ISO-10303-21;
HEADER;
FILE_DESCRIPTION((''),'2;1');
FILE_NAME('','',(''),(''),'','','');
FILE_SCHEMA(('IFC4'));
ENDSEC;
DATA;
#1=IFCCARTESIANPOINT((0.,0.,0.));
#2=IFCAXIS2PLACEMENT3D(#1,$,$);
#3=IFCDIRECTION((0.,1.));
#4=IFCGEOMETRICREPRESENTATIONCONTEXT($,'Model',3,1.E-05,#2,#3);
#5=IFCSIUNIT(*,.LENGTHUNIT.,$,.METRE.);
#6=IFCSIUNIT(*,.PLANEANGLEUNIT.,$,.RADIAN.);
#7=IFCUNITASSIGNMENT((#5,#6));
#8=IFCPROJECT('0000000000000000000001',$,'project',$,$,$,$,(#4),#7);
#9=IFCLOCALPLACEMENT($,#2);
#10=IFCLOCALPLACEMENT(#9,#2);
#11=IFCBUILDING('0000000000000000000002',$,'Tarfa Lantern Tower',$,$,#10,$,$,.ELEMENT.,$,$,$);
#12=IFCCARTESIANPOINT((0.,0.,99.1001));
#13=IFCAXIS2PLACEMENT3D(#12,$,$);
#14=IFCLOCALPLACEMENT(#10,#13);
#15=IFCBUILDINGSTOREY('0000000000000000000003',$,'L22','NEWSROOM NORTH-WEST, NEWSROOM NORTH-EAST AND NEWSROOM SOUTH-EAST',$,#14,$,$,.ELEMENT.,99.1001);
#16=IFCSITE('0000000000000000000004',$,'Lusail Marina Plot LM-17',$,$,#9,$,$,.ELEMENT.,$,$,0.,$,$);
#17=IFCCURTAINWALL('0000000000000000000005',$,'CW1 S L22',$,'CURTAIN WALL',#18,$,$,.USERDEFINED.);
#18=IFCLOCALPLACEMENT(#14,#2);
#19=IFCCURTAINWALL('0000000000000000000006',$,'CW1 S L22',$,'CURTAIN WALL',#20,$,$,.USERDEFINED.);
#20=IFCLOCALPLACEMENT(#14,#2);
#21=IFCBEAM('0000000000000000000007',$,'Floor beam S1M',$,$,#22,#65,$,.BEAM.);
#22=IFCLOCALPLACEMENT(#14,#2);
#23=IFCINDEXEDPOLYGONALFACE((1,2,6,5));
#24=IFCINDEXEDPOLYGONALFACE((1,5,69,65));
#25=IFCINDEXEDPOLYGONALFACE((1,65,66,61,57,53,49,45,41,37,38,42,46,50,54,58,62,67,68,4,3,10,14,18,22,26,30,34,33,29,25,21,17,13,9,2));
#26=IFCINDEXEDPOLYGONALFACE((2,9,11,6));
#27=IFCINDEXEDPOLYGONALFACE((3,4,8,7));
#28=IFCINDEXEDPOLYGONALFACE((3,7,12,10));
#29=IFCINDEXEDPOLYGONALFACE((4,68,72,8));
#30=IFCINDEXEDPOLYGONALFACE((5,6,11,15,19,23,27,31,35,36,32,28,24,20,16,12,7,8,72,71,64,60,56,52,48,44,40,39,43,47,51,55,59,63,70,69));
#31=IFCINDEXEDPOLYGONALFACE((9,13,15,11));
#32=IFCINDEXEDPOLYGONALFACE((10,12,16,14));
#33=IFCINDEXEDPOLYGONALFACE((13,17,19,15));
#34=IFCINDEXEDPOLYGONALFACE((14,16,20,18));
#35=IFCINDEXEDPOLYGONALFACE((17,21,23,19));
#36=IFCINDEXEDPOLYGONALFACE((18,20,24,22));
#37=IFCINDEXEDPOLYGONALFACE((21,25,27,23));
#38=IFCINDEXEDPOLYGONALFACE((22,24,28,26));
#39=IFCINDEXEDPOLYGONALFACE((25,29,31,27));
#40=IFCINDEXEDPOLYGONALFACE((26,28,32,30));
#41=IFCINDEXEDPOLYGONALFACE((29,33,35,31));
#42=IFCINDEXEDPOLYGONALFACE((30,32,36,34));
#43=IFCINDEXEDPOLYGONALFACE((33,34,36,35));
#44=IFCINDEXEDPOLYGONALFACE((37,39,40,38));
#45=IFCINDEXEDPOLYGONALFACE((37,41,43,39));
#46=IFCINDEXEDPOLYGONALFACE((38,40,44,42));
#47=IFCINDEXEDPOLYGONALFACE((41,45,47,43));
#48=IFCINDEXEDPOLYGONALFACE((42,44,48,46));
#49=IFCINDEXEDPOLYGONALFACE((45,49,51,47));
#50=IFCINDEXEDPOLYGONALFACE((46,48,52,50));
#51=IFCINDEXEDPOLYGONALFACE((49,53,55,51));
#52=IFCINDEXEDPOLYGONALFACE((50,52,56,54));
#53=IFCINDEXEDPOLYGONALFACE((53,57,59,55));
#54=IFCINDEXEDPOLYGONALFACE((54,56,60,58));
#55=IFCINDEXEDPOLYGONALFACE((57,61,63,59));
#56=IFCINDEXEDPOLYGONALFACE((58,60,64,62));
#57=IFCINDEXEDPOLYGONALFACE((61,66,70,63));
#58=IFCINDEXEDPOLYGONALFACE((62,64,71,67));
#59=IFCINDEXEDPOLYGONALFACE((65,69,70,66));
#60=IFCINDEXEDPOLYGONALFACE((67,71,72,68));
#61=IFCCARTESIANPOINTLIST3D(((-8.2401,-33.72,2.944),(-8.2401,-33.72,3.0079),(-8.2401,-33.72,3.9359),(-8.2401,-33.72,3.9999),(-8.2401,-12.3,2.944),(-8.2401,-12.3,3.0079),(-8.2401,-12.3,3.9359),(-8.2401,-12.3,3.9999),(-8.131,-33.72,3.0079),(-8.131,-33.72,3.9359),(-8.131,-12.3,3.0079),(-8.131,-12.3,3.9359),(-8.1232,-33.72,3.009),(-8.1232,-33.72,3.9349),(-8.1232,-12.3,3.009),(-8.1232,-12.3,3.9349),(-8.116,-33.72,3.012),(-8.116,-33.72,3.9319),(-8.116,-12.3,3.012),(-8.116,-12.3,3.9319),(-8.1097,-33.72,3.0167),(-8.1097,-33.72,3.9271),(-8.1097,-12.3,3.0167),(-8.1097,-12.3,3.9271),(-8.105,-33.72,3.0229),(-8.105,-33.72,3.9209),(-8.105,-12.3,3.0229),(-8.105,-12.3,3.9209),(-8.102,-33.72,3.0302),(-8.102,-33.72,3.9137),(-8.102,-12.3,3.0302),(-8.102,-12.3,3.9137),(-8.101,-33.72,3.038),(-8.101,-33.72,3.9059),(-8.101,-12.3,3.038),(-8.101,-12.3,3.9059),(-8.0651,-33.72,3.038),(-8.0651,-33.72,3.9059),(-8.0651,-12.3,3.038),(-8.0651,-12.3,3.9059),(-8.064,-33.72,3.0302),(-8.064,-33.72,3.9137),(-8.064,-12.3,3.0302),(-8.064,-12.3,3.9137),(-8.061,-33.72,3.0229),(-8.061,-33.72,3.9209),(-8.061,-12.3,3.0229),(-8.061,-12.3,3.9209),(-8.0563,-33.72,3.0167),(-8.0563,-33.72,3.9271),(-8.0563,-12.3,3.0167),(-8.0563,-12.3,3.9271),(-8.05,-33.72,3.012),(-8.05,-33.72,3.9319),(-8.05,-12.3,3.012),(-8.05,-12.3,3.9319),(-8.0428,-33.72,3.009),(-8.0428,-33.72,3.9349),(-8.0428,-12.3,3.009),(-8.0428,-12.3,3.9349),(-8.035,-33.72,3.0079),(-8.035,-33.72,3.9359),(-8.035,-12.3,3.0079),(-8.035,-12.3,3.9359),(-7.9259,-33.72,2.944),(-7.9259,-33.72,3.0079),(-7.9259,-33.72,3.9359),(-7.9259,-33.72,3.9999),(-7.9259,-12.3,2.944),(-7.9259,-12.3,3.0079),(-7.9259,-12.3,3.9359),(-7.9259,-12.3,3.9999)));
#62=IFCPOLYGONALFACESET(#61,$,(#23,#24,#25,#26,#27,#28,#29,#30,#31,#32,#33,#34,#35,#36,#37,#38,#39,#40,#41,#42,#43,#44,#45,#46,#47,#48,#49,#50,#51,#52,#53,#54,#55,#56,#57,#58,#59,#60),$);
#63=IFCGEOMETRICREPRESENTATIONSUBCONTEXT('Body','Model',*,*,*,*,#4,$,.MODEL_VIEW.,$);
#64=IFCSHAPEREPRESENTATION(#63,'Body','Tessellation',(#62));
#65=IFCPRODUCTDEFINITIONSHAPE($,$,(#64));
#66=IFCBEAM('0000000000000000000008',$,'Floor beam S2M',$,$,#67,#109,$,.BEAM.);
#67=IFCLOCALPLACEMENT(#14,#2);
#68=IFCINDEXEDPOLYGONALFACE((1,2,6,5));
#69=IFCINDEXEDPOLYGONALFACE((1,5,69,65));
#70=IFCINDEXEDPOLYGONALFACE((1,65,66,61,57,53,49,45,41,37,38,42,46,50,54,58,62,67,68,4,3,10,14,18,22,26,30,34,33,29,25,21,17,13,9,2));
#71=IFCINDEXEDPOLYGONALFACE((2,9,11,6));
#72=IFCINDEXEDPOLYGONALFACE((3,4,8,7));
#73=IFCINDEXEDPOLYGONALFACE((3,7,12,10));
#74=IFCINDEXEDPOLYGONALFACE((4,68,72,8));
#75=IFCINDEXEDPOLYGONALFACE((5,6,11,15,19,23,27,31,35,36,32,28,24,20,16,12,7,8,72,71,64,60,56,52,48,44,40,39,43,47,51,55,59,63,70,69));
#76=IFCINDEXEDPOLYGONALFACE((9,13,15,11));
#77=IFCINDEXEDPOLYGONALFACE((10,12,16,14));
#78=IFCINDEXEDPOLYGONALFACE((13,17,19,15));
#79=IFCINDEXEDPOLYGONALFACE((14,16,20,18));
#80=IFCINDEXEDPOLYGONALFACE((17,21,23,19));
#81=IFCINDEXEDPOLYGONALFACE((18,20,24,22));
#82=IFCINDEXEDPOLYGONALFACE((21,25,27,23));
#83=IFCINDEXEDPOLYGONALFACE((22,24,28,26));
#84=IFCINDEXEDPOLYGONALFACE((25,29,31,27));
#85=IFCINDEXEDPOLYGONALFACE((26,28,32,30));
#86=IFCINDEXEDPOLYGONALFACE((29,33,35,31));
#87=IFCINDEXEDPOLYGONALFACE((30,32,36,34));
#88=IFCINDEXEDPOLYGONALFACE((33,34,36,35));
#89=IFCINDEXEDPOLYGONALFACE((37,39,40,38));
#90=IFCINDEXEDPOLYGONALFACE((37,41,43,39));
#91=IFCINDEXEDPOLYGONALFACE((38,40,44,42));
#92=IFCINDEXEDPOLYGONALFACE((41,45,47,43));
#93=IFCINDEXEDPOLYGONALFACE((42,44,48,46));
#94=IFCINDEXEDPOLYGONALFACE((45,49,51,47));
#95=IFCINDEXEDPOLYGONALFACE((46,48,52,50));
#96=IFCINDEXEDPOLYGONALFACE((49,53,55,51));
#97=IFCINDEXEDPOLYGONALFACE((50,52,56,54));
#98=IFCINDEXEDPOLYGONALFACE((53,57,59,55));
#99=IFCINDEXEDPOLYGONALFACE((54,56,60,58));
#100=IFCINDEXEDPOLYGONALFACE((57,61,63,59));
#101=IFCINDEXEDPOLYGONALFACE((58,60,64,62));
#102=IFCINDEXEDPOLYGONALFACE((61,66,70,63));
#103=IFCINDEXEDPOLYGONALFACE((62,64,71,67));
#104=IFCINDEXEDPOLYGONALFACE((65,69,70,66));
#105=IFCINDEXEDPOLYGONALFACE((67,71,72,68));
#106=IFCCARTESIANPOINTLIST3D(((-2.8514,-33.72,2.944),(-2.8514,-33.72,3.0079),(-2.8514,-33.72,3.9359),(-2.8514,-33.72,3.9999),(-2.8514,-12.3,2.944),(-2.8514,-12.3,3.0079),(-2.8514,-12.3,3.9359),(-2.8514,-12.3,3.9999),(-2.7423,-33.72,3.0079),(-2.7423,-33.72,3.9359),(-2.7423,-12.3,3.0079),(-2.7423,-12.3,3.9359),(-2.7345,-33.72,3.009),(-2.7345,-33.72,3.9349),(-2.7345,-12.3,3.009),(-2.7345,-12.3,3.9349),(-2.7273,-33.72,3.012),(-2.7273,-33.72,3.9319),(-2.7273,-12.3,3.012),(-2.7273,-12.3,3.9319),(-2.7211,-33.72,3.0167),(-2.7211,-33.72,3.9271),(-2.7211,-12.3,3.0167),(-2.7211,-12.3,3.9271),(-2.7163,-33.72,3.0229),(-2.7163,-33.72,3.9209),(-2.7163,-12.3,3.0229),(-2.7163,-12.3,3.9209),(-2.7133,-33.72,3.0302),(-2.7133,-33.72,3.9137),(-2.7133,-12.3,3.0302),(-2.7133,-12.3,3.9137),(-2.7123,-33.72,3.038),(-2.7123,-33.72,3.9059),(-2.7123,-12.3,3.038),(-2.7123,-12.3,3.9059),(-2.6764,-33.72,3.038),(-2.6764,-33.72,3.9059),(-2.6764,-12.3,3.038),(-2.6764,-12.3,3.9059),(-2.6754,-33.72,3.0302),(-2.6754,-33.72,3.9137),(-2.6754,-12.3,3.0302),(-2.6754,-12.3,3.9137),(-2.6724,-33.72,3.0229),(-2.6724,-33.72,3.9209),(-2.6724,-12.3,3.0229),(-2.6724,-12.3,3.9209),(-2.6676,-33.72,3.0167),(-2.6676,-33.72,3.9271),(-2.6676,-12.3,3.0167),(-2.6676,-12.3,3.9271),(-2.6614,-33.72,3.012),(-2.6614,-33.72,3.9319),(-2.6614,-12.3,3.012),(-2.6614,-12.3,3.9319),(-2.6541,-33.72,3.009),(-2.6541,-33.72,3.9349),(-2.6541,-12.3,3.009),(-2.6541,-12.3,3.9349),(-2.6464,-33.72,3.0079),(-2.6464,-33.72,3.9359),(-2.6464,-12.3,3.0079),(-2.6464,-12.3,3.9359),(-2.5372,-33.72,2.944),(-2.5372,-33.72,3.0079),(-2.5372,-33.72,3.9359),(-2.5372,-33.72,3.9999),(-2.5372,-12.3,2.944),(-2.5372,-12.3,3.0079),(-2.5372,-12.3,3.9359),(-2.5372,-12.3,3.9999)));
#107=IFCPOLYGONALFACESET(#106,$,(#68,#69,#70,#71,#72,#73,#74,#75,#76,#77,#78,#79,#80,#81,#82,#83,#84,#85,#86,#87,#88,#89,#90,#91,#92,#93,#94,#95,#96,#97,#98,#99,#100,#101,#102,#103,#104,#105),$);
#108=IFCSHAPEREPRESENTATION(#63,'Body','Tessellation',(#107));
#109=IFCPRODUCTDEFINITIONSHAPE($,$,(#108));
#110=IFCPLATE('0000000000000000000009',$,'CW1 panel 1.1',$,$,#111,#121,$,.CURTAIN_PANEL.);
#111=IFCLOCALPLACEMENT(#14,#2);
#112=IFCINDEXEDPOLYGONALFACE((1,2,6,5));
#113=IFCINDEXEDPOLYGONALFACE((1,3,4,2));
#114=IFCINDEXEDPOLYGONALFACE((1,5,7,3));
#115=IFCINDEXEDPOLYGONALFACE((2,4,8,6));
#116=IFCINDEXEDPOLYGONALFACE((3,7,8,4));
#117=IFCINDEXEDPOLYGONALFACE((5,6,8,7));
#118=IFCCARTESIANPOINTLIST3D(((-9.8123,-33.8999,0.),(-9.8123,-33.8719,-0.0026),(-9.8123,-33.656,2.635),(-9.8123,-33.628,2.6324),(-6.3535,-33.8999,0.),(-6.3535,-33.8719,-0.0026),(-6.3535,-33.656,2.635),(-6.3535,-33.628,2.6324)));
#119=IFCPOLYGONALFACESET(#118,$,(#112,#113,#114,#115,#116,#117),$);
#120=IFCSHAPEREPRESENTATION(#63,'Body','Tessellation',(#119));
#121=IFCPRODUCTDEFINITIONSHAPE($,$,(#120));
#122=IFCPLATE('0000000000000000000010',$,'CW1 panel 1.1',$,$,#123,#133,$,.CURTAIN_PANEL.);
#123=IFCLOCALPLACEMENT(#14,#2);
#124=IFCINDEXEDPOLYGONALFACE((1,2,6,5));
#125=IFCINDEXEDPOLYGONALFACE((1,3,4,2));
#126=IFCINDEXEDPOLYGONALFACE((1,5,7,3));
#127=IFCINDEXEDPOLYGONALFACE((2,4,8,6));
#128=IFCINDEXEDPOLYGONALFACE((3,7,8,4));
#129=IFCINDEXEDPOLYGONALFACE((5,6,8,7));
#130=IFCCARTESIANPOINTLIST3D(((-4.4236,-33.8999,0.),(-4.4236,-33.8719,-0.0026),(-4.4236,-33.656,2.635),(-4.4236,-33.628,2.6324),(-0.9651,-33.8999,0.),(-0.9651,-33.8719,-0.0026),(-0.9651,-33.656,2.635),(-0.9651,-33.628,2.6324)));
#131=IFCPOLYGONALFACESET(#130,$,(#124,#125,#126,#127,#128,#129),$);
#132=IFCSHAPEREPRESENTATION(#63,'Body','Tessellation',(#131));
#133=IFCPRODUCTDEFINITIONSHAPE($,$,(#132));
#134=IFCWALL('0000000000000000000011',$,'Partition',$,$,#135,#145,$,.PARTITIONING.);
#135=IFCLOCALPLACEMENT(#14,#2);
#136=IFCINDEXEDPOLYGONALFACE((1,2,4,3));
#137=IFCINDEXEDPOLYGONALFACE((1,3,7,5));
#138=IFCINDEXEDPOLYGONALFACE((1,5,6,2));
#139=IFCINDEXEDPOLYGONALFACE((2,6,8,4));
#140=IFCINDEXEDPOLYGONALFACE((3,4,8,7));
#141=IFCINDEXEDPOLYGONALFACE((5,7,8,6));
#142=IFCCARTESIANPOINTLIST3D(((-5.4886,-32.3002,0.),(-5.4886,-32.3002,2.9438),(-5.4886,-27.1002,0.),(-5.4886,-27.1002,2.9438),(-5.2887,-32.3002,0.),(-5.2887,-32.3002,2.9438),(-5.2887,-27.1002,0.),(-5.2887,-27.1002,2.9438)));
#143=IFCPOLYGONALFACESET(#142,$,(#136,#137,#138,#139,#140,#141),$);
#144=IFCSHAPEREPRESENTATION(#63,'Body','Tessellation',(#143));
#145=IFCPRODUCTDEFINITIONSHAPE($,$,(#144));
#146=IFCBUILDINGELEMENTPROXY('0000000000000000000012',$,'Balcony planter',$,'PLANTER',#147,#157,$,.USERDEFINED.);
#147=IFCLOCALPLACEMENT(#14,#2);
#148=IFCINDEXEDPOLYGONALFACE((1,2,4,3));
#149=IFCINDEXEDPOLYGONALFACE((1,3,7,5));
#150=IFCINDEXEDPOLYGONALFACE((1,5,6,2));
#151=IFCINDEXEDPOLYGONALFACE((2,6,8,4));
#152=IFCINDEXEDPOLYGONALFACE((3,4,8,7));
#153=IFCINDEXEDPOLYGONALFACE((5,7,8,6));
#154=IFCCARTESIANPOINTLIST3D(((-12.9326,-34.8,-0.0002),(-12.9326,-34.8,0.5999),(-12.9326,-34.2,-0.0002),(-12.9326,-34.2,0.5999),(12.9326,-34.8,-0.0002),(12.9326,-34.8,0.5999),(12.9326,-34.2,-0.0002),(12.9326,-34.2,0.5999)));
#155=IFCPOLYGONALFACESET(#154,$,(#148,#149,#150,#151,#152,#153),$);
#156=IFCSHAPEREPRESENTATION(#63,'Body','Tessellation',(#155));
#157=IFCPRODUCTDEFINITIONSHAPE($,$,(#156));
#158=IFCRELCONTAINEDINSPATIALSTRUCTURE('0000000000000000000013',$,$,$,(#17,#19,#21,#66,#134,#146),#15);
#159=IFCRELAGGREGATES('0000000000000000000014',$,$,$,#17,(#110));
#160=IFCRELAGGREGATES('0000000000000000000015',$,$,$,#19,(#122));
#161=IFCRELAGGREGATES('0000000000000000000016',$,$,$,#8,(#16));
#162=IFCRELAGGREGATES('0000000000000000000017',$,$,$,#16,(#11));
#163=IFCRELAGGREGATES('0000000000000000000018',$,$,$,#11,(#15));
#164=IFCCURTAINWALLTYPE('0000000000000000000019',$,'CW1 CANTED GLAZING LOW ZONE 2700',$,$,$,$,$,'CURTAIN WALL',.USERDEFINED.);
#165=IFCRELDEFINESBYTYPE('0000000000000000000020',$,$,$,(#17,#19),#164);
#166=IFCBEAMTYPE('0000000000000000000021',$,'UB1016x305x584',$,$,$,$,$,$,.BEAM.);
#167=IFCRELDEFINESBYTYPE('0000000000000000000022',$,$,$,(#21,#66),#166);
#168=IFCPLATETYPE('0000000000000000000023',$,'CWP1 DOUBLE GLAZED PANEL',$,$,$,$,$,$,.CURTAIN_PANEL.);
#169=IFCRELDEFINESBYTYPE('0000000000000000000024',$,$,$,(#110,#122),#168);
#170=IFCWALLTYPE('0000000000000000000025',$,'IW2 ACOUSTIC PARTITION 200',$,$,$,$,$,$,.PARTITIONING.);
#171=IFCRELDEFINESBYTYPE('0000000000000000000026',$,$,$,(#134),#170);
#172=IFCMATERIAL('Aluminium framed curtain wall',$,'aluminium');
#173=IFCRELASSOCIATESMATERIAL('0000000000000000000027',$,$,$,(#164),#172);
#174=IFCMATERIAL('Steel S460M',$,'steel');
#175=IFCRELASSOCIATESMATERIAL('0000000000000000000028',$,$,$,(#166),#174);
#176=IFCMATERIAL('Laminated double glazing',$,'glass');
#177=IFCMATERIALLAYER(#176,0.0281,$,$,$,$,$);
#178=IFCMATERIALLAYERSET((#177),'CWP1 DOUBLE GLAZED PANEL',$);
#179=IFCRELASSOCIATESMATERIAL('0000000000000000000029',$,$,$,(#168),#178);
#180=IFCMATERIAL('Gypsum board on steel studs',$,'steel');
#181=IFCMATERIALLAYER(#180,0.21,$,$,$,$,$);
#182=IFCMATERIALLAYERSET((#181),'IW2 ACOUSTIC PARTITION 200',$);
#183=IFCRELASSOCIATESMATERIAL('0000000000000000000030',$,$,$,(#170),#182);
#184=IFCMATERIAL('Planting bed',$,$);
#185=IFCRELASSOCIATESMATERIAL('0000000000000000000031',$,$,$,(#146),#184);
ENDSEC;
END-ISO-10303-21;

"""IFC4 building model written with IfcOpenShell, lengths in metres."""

from ifc_helpers import new_model, si_unit, direction, frame, frame_2d, origin, origin_2d, place, context, subcontext, project, spatial, polyline, rectangle, i_section, outline, extrude, material, layer, layer_set, material_profile, profile_set, type_object, element, aggregate, save


model = new_model("IFC4")

# Units and contexts
model_context = context("Model", 3, precision=1e-05, world=origin(), true_north=direction((0.0, 1.0)))
body_context = subcontext(model_context, "Body", "Model", "MODEL_VIEW")
ifc_project = project(units=[si_unit("LENGTHUNIT", "METRE"), si_unit("PLANEANGLEUNIT", "RADIAN")], contexts=[model_context])

# Site, building, storey
site_placement = place(None, origin())
site = spatial("IfcSite", under=ifc_project, at=site_placement, Name="Lusail Marina Plot LM-17", CompositionType="ELEMENT", RefElevation=0.0)
building_placement = place(site_placement, origin())
building = spatial("IfcBuilding", under=site, at=building_placement, Name="Tarfa Lantern Tower", CompositionType="ELEMENT")
storey_placement = place(building_placement, frame((0.0, 0.0, 99.1001)))
storey = spatial("IfcBuildingStorey", under=building, at=storey_placement, Name="L22", Description="NEWSROOM NORTH-WEST, NEWSROOM NORTH-EAST AND NEWSROOM SOUTH-EAST", CompositionType="ELEMENT", Elevation=99.1001)

# Shared definitions
ifc_material_1 = material(Name="Aluminium framed curtain wall", Category="aluminium")
curtain_wall_type = type_object("IfcCurtainWallType", Name="CW1 CANTED GLAZING LOW ZONE 2700", ElementType="CURTAIN WALL", PredefinedType="USERDEFINED", material=ifc_material_1)

# Curtain walls
curtain_wall_1_placement = place(storey_placement, origin())
curtain_wall_1 = element("IfcCurtainWall", 1, at=curtain_wall_1_placement, inside=storey, type_object=curtain_wall_type, Name="CW1 S L22", ObjectType="CURTAIN WALL", PredefinedType="USERDEFINED")
curtain_wall_2_placement = place(storey_placement, origin())
curtain_wall_2 = element("IfcCurtainWall", 2, at=curtain_wall_2_placement, inside=storey, type_object=curtain_wall_type, Name="CW1 S L22", ObjectType="CURTAIN WALL", PredefinedType="USERDEFINED")

# Beams
ifc_material_2 = material(Name="Steel S460M", Category="steel")
ifc_material_profile_1 = material_profile(ifc_material_2, i_section(OverallWidth=0.3142, OverallDepth=1.0559, WebThickness=0.0359, FlangeThickness=0.064, FilletRadius=0.03, at=origin_2d()), Name="UB1016x305x584")
ifc_profile_set_1 = profile_set([ifc_material_profile_1], Name="Steel S460M")
beam_type_1 = type_object("IfcBeamType", Name="UB1016x305x584", PredefinedType="BEAM", material=ifc_profile_set_1)
for number, where, z_axis, x_axis, name in (
    (3, (-8.083, -33.72, 3.4719), (0.0, 1.0, 0.0), (-1.0, 0.0, 0.0), "Floor beam S1M"),
    (4, (-2.6943, -33.72, 3.4719), (0.0, 1.0, 0.0), (-1.0, 0.0, 0.0), "Floor beam S2M"),
):
    element("IfcBeam", number, at=place(storey_placement, frame(where, z_axis=z_axis, x_axis=x_axis)), inside=storey, type_object=beam_type_1, Name=name, PredefinedType="BEAM", context=body_context, shape_type="SweptSolid", body=[
        extrude(i_section(OverallWidth=0.3142, OverallDepth=1.0559, WebThickness=0.0359, FlangeThickness=0.064, FilletRadius=0.03, at=origin_2d()), origin(), (0.0, 0.0, 1.0), 21.4199),
    ])

# Plates
ifc_material_3 = material(Name="Laminated double glazing", Category="glass")
ifc_layer_1 = layer(ifc_material_3, 0.0281)
ifc_layer_set_1 = layer_set([ifc_layer_1], Name="CWP1 DOUBLE GLAZED PANEL")
plate_type = type_object("IfcPlateType", Name="CWP1 DOUBLE GLAZED PANEL", PredefinedType="CURTAIN_PANEL", material=ifc_layer_set_1)
plate_1_placement = place(storey_placement, frame((-9.8123, -33.8999, 0.0), z_axis=(0.0, -0.995744, 0.092166), x_axis=(1.0, 0.0, 0.0)))
plate_1 = element("IfcPlate", 5, at=plate_1_placement, type_object=plate_type, Name="CW1 panel 1.1", PredefinedType="CURTAIN_PANEL", context=body_context, shape_type="SweptSolid", body=[
    extrude(outline(polyline([(0.0, 0.0), (3.4587, 0.0), (3.4587, 2.6463), (0.0, 2.6463), (0.0, 0.0)])), origin(), (0.0, 0.0, -1.0), 0.0281),
])
aggregate(curtain_wall_1, [plate_1])
plate_2_placement = place(storey_placement, frame((-4.4236, -33.8999, 0.0), z_axis=(0.0, -0.995744, 0.092166), x_axis=(1.0, 0.0, 0.0)))
plate_2 = element("IfcPlate", 6, at=plate_2_placement, type_object=plate_type, Name="CW1 panel 1.1", PredefinedType="CURTAIN_PANEL", context=body_context, shape_type="SweptSolid", body=[
    extrude(outline(polyline([(0.0, 0.0), (3.4585, 0.0), (3.4585, 2.6463), (0.0, 2.6463), (0.0, 0.0)])), origin(), (0.0, 0.0, -1.0), 0.0281),
])
aggregate(curtain_wall_2, [plate_2])

# Wall
ifc_material_4 = material(Name="Gypsum board on steel studs", Category="steel")
ifc_layer_2 = layer(ifc_material_4, 0.21)
ifc_layer_set_2 = layer_set([ifc_layer_2], Name="IW2 ACOUSTIC PARTITION 200")
wall_type = type_object("IfcWallType", Name="IW2 ACOUSTIC PARTITION 200", PredefinedType="PARTITIONING", material=ifc_layer_set_2)
wall_placement = place(storey_placement, frame((-5.3887, -27.1001, 0.0), z_axis=(0.0, 0.0, 1.0), x_axis=(0.0, -1.0, 0.0)))
element("IfcWall", 7, at=wall_placement, inside=storey, type_object=wall_type, Name="Partition", PredefinedType="PARTITIONING", context=body_context, shape_type="SweptSolid", body=[
    extrude(rectangle(XDim=5.2, YDim=0.2, at=frame_2d((2.6001, 0.0))), origin(), (0.0, 0.0, 1.0), 2.9438),
])

# Building element proxy
ifc_material_5 = material(Name="Planting bed")
proxy_placement = place(storey_placement, frame((0.0, -34.5, -0.0002), z_axis=(0.0, 0.0, 1.0), x_axis=(1.0, 0.0, 0.0)))
element("IfcBuildingElementProxy", 8, at=proxy_placement, inside=storey, material=ifc_material_5, Name="Balcony planter", ObjectType="PLANTER", PredefinedType="USERDEFINED", context=body_context, shape_type="SweptSolid", body=[
    extrude(rectangle(XDim=25.8652, YDim=0.6001, at=origin_2d()), origin(), (0.0, 0.0, 1.0), 0.6001),
])

save(model, "model.ifc")
